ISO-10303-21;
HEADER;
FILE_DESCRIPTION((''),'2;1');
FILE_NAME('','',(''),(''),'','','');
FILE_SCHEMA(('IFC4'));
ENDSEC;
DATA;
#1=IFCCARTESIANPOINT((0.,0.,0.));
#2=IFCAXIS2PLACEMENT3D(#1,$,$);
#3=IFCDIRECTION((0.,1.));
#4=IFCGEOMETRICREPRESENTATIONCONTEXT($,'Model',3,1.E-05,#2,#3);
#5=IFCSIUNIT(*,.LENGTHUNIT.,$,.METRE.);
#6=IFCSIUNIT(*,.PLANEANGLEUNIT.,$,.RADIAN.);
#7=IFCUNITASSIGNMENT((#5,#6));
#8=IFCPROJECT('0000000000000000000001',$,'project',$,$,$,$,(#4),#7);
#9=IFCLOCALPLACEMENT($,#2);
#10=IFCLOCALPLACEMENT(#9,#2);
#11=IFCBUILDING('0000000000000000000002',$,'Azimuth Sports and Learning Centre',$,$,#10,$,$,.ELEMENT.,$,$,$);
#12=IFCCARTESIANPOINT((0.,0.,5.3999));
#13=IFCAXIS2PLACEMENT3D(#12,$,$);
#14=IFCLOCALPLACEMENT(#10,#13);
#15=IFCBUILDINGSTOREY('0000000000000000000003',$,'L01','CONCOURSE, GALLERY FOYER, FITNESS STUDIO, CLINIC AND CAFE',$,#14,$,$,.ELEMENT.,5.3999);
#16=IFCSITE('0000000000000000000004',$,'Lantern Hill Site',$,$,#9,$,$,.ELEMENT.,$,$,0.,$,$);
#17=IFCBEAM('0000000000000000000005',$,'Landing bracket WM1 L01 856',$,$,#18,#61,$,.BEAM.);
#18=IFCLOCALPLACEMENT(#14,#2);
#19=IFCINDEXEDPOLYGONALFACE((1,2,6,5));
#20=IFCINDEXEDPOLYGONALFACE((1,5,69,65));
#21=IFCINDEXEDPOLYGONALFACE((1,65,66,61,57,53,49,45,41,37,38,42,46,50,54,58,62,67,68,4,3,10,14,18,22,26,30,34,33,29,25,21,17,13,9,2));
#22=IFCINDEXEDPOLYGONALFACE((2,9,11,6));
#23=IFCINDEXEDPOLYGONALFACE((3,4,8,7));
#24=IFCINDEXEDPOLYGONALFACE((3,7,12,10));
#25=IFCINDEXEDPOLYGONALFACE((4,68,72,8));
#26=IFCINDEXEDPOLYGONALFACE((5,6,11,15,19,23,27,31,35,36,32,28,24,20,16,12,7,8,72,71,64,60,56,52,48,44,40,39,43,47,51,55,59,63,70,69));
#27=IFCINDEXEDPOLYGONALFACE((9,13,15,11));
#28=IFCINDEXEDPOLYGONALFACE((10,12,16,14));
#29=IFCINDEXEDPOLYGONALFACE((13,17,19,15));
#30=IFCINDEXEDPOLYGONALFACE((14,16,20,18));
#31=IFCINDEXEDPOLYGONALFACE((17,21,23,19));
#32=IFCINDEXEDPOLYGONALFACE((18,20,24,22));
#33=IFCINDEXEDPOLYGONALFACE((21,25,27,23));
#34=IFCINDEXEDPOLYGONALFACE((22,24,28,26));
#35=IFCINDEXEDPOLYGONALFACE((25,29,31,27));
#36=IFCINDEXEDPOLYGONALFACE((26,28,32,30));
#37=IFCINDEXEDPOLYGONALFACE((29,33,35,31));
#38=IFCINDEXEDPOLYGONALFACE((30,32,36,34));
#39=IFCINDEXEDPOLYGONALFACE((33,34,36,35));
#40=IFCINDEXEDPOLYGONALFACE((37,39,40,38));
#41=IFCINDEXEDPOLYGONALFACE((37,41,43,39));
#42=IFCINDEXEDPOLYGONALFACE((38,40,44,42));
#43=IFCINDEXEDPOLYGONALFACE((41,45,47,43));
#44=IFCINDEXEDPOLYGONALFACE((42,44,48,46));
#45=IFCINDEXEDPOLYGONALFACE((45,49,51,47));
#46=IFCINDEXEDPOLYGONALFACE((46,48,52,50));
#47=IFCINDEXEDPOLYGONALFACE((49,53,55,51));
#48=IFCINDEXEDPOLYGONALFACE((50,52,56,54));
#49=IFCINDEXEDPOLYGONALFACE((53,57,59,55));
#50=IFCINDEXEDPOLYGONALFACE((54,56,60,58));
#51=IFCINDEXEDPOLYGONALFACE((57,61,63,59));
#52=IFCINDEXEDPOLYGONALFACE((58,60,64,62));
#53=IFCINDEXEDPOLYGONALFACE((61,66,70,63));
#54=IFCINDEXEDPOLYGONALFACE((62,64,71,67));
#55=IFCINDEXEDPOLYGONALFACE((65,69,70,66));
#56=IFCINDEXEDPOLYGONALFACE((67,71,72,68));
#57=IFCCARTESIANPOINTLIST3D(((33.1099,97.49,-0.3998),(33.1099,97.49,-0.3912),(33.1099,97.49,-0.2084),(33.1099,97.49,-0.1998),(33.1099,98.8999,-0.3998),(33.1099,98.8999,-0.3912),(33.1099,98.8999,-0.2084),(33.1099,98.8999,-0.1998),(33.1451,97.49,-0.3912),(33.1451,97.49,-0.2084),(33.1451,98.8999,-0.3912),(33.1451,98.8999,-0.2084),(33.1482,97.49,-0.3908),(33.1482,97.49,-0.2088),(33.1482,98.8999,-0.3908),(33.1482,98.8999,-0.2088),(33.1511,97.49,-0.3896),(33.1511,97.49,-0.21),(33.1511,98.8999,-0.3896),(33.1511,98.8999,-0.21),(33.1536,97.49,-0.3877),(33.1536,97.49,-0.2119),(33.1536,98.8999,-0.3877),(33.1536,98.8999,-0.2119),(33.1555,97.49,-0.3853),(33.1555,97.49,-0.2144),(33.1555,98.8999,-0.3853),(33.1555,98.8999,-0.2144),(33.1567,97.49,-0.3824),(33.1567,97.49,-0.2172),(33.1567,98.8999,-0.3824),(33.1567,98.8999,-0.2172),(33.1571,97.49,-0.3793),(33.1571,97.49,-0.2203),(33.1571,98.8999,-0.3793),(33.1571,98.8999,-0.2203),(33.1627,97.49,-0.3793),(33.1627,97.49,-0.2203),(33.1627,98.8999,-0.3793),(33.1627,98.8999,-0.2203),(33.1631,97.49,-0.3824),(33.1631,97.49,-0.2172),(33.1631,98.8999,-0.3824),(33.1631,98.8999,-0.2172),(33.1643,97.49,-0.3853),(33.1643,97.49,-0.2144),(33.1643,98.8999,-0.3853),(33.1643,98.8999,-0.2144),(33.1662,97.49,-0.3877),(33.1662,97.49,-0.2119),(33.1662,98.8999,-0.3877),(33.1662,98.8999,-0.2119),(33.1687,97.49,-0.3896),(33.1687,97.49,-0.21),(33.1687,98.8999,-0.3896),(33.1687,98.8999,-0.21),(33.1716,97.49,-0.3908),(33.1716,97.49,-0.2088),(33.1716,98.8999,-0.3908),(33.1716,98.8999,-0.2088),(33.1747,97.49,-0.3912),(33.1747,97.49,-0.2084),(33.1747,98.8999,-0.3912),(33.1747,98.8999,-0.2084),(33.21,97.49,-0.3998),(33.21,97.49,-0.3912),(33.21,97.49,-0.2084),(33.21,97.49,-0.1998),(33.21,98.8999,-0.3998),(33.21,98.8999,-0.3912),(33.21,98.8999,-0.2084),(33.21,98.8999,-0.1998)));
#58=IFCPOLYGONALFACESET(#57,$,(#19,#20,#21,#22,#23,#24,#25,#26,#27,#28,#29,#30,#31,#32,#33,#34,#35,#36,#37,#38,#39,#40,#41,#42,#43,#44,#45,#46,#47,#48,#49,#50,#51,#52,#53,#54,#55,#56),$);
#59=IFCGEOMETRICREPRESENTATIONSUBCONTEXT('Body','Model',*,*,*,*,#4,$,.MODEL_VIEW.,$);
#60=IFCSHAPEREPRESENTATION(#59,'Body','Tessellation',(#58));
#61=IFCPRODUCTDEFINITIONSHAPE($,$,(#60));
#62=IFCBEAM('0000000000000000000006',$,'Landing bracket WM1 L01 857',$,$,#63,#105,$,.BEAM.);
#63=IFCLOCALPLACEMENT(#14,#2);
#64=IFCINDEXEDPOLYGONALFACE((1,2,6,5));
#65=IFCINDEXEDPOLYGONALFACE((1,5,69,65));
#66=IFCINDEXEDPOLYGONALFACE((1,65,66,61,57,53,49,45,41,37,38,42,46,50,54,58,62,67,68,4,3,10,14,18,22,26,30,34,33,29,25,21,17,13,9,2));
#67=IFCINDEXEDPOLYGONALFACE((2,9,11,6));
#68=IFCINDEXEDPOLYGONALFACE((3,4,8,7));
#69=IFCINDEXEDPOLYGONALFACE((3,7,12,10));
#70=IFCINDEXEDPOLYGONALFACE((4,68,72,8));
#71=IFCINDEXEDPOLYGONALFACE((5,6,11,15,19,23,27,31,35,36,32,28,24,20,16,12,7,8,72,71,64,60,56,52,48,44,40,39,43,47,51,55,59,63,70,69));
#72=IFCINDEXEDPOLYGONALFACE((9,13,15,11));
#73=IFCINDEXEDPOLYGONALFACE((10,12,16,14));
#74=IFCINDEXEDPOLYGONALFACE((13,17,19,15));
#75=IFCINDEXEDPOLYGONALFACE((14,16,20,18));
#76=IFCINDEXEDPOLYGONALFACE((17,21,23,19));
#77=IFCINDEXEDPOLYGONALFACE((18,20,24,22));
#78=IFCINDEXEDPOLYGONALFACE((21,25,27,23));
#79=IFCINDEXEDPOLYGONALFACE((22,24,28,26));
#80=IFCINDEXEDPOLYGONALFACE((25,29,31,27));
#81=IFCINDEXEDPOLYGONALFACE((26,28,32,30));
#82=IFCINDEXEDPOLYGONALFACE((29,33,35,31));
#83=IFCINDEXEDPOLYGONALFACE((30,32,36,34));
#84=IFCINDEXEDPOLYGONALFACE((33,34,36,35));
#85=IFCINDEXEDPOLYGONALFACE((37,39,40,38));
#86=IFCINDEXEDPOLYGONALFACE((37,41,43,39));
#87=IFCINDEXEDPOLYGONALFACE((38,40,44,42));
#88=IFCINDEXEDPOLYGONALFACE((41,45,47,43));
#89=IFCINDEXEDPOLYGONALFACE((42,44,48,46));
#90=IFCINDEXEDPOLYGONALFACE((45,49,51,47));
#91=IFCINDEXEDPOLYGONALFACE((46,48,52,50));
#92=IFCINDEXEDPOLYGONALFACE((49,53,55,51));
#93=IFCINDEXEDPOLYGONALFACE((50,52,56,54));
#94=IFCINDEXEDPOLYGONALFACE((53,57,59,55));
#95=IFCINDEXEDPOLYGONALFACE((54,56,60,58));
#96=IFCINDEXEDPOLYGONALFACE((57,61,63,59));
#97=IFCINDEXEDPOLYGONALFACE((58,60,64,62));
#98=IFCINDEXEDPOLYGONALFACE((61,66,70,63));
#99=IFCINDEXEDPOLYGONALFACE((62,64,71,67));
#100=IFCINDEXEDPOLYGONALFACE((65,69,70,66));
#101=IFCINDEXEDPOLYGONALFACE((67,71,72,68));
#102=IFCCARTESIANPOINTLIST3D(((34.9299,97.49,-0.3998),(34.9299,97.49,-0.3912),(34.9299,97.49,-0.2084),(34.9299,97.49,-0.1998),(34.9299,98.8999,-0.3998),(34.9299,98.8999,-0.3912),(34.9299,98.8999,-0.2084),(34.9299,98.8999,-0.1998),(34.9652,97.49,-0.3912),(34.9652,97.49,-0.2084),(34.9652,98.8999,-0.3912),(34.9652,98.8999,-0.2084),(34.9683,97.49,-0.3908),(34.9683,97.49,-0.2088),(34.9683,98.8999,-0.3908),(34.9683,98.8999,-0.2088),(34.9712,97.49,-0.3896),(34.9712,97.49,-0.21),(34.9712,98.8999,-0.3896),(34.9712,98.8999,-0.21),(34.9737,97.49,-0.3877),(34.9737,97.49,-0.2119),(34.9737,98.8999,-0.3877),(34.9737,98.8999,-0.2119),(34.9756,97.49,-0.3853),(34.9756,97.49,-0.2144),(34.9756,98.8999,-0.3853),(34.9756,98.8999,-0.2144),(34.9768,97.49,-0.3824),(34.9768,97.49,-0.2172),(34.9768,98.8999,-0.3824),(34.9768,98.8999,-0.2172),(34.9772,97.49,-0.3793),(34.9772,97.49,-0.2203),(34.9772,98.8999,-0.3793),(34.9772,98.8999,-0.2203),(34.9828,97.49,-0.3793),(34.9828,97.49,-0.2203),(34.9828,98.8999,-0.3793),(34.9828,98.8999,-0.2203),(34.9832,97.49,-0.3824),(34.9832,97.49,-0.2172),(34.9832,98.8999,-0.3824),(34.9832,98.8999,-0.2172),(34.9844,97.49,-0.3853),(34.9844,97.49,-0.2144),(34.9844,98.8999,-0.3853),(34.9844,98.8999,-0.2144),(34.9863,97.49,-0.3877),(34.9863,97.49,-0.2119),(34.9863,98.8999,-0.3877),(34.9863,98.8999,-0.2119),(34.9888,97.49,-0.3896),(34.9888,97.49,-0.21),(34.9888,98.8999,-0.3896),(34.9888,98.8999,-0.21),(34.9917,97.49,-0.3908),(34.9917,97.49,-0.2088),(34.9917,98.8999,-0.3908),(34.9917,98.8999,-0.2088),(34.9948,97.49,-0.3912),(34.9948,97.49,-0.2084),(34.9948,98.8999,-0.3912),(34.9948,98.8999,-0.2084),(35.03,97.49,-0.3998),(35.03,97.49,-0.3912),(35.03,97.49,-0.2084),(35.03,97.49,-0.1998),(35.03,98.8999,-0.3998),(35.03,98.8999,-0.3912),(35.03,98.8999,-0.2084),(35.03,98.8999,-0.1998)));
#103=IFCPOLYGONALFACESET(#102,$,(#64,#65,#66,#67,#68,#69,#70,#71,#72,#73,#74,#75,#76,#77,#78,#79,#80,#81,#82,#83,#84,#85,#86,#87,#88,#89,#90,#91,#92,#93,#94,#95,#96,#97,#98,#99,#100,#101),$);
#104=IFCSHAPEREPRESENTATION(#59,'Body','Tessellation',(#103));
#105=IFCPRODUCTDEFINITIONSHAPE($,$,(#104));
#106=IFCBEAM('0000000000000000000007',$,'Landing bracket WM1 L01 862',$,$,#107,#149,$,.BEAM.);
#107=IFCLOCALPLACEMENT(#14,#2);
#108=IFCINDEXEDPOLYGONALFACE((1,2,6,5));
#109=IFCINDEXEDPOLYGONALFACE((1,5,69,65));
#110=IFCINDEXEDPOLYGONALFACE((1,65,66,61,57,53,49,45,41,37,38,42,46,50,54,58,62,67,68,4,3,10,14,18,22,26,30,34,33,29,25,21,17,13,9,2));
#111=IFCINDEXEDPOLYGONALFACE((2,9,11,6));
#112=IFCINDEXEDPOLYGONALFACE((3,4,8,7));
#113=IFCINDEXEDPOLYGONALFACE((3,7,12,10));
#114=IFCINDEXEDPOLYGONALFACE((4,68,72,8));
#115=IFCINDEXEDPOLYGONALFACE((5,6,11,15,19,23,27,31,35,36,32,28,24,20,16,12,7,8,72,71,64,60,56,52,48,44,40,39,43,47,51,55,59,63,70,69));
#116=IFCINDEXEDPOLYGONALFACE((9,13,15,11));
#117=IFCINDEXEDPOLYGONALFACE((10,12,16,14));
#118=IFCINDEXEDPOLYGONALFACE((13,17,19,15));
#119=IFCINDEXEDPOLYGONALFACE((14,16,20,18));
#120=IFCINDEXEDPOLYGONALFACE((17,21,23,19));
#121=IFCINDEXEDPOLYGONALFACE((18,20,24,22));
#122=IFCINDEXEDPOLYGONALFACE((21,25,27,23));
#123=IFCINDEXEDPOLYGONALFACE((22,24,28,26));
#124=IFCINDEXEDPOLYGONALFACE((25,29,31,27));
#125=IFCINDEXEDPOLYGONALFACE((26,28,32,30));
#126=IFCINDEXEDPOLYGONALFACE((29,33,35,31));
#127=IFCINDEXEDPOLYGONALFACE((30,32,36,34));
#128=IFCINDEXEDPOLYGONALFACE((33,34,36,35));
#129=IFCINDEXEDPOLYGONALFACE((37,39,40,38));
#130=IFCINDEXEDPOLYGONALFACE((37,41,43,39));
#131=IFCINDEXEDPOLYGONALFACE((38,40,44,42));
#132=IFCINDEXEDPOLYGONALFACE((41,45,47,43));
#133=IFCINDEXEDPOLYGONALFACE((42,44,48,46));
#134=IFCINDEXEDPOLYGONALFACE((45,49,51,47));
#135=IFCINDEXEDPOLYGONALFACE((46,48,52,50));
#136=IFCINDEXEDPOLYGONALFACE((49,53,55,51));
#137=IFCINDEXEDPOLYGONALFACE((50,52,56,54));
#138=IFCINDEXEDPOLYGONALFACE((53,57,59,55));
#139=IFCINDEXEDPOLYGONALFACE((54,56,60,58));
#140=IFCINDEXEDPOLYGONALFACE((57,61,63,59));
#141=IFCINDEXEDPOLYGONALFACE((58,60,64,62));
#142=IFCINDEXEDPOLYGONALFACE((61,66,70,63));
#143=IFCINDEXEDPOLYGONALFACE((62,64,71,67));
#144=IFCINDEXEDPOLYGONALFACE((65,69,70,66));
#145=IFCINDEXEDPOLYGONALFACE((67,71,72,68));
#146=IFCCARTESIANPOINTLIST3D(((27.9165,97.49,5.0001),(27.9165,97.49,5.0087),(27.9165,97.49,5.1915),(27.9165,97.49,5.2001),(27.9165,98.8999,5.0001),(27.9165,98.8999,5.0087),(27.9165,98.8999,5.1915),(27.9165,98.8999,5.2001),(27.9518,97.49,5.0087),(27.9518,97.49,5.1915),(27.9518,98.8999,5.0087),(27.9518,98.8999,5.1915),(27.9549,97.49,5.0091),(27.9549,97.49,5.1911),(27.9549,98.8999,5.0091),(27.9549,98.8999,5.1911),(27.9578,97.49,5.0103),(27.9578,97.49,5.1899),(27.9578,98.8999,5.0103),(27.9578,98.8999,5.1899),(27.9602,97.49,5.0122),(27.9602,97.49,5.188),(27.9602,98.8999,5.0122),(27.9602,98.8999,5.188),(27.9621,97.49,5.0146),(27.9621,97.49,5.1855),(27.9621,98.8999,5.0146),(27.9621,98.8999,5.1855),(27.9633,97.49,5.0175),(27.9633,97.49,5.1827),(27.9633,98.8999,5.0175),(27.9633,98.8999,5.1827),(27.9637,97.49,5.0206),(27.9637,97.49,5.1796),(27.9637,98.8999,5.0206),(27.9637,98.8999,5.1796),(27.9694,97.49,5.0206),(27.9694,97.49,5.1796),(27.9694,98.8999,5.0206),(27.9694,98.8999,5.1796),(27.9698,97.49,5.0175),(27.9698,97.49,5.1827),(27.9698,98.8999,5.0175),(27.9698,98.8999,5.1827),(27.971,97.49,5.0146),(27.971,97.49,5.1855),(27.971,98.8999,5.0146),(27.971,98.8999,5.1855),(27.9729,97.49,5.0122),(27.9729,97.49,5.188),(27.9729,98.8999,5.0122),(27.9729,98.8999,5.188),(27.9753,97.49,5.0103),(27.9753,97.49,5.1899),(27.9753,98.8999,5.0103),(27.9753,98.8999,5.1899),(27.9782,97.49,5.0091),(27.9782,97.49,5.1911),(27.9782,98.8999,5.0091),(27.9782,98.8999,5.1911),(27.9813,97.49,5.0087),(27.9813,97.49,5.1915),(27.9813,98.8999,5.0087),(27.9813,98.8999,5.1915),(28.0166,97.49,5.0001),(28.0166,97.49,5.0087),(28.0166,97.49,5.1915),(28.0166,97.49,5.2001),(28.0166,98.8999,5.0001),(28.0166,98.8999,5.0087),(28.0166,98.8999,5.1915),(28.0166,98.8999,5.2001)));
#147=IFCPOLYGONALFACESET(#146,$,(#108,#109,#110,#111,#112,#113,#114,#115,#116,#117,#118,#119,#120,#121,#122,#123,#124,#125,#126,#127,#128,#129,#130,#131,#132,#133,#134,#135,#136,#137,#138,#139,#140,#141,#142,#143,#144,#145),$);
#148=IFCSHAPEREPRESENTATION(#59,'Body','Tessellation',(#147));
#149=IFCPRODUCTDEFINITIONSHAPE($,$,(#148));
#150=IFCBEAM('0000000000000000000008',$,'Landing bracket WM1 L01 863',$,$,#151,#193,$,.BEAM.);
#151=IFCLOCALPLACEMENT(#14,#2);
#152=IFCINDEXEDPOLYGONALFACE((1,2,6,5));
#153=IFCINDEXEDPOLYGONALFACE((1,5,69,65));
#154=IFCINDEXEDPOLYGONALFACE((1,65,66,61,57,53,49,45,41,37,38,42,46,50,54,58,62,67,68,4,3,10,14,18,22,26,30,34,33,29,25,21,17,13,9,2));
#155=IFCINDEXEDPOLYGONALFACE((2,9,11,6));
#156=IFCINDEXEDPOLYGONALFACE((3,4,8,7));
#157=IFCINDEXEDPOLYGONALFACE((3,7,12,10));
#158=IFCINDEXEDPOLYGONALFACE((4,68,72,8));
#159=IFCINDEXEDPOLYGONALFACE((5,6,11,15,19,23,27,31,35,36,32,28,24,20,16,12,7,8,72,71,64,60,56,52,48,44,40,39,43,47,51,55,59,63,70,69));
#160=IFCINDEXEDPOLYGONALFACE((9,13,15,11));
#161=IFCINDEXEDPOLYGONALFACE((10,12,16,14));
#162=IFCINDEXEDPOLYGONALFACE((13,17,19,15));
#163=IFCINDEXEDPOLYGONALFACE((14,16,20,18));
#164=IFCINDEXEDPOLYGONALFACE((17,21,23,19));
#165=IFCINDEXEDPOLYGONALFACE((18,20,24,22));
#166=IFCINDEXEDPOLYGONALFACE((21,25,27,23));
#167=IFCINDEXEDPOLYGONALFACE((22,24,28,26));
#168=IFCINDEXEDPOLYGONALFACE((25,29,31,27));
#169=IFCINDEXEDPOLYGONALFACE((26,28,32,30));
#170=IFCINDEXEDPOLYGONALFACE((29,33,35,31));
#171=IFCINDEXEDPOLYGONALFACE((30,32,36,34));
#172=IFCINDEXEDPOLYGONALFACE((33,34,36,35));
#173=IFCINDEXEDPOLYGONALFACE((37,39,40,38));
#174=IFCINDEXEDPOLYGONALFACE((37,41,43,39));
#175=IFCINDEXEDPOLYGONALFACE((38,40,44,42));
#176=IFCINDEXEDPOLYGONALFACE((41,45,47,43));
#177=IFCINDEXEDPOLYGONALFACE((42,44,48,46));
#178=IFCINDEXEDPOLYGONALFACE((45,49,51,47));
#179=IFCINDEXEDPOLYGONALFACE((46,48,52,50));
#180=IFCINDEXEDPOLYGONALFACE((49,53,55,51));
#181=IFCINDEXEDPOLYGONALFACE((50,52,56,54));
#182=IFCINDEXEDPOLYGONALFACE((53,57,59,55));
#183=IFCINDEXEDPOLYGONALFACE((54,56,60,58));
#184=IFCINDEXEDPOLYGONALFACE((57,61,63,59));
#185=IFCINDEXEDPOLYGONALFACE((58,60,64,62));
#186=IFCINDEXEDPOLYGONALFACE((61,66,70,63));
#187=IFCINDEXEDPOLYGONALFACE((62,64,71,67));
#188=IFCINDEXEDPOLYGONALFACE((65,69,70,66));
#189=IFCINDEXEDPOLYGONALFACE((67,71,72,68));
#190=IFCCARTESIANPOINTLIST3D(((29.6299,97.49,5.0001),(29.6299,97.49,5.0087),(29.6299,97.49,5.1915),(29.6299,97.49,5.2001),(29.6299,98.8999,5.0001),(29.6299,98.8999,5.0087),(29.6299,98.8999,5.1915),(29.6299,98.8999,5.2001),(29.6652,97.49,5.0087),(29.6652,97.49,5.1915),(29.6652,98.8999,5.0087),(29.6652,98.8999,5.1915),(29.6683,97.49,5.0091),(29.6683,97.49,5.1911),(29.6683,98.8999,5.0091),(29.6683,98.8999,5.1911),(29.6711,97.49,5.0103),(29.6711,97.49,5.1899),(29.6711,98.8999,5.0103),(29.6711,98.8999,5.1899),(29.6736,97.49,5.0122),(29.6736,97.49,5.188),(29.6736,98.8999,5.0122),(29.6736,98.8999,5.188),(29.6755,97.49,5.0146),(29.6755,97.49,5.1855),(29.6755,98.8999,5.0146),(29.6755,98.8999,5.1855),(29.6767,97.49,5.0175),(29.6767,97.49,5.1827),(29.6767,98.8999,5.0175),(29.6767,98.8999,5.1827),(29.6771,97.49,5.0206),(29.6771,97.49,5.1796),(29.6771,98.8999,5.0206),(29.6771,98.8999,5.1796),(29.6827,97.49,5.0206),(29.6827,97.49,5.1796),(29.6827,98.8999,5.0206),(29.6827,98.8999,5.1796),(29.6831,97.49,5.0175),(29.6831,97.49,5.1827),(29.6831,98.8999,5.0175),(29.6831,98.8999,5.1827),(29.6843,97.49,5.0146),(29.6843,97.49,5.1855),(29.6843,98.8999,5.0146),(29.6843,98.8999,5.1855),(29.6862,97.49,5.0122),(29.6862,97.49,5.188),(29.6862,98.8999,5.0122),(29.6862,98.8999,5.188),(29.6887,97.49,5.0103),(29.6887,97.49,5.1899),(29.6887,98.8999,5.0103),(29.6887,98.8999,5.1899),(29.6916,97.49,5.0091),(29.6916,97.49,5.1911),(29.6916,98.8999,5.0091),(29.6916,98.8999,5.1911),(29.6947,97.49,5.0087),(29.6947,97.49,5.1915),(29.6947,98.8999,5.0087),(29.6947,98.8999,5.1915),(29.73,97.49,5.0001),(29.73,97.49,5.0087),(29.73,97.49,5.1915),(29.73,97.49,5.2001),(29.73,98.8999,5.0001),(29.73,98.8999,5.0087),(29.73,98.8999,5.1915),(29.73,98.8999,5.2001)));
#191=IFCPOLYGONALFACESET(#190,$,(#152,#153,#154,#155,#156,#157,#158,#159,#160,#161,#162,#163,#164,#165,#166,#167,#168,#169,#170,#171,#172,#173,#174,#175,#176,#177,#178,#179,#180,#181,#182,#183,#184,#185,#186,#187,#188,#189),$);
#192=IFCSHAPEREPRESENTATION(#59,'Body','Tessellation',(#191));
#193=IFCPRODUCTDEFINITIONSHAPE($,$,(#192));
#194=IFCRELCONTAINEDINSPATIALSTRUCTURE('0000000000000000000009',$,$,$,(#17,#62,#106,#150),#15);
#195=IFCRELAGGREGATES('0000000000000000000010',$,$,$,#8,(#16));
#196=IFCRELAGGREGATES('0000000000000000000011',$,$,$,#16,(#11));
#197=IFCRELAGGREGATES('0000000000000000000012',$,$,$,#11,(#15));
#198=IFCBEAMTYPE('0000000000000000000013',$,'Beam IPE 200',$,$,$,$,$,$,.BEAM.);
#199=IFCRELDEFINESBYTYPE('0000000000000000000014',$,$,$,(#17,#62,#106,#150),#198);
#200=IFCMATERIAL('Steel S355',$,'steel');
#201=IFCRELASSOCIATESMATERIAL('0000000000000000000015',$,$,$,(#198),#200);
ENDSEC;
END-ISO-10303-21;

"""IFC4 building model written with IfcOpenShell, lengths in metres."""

from ifc_helpers import new_model, si_unit, direction, frame, origin, origin_2d, place, context, subcontext, project, spatial, i_section, extrude, material, material_profile, profile_set, type_object, element, save


model = new_model("IFC4")

# Units and contexts
model_context = context("Model", 3, precision=1e-05, world=origin(), true_north=direction((0.0, 1.0)))
body_context = subcontext(model_context, "Body", "Model", "MODEL_VIEW")
ifc_project = project(units=[si_unit("LENGTHUNIT", "METRE"), si_unit("PLANEANGLEUNIT", "RADIAN")], contexts=[model_context])

# Site, building, storey
site_placement = place(None, origin())
site = spatial("IfcSite", under=ifc_project, at=site_placement, Name="Lantern Hill Site", CompositionType="ELEMENT", RefElevation=0.0)
building_placement = place(site_placement, origin())
building = spatial("IfcBuilding", under=site, at=building_placement, Name="Azimuth Sports and Learning Centre", CompositionType="ELEMENT")
storey_placement = place(building_placement, frame((0.0, 0.0, 5.3999)))
storey = spatial("IfcBuildingStorey", under=building, at=storey_placement, Name="L01", Description="CONCOURSE, GALLERY FOYER, FITNESS STUDIO, CLINIC AND CAFE", CompositionType="ELEMENT", Elevation=5.3999)

# Beams
ifc_material_1 = material(Name="Steel S355", Category="steel")
ifc_material_profile_1 = material_profile(ifc_material_1, i_section(OverallWidth=0.1001, OverallDepth=0.2, WebThickness=0.0056, FlangeThickness=0.0085, FilletRadius=0.012, at=origin_2d()), Name="IPE 200")
ifc_profile_set_1 = profile_set([ifc_material_profile_1], Name="Steel S355")
beam_type_1 = type_object("IfcBeamType", Name="Beam IPE 200", PredefinedType="BEAM", material=ifc_profile_set_1)
for number, where, z_axis, x_axis, name in (
    (1, (33.1599, 98.8999, -0.2998), (0.0, -1.0, 0.0), (1.0, 0.0, 0.0), "Landing bracket WM1 L01 856"),
    (2, (34.98, 98.8999, -0.2998), (0.0, -1.0, 0.0), (1.0, 0.0, 0.0), "Landing bracket WM1 L01 857"),
    (3, (27.9666, 98.8999, 5.1001), (0.0, -1.0, 0.0), (1.0, 0.0, 0.0), "Landing bracket WM1 L01 862"),
    (4, (29.6799, 98.8999, 5.1001), (0.0, -1.0, 0.0), (1.0, 0.0, 0.0), "Landing bracket WM1 L01 863"),
):
    element("IfcBeam", number, at=place(storey_placement, frame(where, z_axis=z_axis, x_axis=x_axis)), inside=storey, type_object=beam_type_1, Name=name, PredefinedType="BEAM", context=body_context, shape_type="SweptSolid", body=[
        extrude(i_section(OverallWidth=0.1001, OverallDepth=0.2, WebThickness=0.0056, FlangeThickness=0.0085, FilletRadius=0.012, at=origin_2d()), origin(), (0.0, 0.0, 1.0), 1.4099),
    ])

save(model, "model.ifc")
